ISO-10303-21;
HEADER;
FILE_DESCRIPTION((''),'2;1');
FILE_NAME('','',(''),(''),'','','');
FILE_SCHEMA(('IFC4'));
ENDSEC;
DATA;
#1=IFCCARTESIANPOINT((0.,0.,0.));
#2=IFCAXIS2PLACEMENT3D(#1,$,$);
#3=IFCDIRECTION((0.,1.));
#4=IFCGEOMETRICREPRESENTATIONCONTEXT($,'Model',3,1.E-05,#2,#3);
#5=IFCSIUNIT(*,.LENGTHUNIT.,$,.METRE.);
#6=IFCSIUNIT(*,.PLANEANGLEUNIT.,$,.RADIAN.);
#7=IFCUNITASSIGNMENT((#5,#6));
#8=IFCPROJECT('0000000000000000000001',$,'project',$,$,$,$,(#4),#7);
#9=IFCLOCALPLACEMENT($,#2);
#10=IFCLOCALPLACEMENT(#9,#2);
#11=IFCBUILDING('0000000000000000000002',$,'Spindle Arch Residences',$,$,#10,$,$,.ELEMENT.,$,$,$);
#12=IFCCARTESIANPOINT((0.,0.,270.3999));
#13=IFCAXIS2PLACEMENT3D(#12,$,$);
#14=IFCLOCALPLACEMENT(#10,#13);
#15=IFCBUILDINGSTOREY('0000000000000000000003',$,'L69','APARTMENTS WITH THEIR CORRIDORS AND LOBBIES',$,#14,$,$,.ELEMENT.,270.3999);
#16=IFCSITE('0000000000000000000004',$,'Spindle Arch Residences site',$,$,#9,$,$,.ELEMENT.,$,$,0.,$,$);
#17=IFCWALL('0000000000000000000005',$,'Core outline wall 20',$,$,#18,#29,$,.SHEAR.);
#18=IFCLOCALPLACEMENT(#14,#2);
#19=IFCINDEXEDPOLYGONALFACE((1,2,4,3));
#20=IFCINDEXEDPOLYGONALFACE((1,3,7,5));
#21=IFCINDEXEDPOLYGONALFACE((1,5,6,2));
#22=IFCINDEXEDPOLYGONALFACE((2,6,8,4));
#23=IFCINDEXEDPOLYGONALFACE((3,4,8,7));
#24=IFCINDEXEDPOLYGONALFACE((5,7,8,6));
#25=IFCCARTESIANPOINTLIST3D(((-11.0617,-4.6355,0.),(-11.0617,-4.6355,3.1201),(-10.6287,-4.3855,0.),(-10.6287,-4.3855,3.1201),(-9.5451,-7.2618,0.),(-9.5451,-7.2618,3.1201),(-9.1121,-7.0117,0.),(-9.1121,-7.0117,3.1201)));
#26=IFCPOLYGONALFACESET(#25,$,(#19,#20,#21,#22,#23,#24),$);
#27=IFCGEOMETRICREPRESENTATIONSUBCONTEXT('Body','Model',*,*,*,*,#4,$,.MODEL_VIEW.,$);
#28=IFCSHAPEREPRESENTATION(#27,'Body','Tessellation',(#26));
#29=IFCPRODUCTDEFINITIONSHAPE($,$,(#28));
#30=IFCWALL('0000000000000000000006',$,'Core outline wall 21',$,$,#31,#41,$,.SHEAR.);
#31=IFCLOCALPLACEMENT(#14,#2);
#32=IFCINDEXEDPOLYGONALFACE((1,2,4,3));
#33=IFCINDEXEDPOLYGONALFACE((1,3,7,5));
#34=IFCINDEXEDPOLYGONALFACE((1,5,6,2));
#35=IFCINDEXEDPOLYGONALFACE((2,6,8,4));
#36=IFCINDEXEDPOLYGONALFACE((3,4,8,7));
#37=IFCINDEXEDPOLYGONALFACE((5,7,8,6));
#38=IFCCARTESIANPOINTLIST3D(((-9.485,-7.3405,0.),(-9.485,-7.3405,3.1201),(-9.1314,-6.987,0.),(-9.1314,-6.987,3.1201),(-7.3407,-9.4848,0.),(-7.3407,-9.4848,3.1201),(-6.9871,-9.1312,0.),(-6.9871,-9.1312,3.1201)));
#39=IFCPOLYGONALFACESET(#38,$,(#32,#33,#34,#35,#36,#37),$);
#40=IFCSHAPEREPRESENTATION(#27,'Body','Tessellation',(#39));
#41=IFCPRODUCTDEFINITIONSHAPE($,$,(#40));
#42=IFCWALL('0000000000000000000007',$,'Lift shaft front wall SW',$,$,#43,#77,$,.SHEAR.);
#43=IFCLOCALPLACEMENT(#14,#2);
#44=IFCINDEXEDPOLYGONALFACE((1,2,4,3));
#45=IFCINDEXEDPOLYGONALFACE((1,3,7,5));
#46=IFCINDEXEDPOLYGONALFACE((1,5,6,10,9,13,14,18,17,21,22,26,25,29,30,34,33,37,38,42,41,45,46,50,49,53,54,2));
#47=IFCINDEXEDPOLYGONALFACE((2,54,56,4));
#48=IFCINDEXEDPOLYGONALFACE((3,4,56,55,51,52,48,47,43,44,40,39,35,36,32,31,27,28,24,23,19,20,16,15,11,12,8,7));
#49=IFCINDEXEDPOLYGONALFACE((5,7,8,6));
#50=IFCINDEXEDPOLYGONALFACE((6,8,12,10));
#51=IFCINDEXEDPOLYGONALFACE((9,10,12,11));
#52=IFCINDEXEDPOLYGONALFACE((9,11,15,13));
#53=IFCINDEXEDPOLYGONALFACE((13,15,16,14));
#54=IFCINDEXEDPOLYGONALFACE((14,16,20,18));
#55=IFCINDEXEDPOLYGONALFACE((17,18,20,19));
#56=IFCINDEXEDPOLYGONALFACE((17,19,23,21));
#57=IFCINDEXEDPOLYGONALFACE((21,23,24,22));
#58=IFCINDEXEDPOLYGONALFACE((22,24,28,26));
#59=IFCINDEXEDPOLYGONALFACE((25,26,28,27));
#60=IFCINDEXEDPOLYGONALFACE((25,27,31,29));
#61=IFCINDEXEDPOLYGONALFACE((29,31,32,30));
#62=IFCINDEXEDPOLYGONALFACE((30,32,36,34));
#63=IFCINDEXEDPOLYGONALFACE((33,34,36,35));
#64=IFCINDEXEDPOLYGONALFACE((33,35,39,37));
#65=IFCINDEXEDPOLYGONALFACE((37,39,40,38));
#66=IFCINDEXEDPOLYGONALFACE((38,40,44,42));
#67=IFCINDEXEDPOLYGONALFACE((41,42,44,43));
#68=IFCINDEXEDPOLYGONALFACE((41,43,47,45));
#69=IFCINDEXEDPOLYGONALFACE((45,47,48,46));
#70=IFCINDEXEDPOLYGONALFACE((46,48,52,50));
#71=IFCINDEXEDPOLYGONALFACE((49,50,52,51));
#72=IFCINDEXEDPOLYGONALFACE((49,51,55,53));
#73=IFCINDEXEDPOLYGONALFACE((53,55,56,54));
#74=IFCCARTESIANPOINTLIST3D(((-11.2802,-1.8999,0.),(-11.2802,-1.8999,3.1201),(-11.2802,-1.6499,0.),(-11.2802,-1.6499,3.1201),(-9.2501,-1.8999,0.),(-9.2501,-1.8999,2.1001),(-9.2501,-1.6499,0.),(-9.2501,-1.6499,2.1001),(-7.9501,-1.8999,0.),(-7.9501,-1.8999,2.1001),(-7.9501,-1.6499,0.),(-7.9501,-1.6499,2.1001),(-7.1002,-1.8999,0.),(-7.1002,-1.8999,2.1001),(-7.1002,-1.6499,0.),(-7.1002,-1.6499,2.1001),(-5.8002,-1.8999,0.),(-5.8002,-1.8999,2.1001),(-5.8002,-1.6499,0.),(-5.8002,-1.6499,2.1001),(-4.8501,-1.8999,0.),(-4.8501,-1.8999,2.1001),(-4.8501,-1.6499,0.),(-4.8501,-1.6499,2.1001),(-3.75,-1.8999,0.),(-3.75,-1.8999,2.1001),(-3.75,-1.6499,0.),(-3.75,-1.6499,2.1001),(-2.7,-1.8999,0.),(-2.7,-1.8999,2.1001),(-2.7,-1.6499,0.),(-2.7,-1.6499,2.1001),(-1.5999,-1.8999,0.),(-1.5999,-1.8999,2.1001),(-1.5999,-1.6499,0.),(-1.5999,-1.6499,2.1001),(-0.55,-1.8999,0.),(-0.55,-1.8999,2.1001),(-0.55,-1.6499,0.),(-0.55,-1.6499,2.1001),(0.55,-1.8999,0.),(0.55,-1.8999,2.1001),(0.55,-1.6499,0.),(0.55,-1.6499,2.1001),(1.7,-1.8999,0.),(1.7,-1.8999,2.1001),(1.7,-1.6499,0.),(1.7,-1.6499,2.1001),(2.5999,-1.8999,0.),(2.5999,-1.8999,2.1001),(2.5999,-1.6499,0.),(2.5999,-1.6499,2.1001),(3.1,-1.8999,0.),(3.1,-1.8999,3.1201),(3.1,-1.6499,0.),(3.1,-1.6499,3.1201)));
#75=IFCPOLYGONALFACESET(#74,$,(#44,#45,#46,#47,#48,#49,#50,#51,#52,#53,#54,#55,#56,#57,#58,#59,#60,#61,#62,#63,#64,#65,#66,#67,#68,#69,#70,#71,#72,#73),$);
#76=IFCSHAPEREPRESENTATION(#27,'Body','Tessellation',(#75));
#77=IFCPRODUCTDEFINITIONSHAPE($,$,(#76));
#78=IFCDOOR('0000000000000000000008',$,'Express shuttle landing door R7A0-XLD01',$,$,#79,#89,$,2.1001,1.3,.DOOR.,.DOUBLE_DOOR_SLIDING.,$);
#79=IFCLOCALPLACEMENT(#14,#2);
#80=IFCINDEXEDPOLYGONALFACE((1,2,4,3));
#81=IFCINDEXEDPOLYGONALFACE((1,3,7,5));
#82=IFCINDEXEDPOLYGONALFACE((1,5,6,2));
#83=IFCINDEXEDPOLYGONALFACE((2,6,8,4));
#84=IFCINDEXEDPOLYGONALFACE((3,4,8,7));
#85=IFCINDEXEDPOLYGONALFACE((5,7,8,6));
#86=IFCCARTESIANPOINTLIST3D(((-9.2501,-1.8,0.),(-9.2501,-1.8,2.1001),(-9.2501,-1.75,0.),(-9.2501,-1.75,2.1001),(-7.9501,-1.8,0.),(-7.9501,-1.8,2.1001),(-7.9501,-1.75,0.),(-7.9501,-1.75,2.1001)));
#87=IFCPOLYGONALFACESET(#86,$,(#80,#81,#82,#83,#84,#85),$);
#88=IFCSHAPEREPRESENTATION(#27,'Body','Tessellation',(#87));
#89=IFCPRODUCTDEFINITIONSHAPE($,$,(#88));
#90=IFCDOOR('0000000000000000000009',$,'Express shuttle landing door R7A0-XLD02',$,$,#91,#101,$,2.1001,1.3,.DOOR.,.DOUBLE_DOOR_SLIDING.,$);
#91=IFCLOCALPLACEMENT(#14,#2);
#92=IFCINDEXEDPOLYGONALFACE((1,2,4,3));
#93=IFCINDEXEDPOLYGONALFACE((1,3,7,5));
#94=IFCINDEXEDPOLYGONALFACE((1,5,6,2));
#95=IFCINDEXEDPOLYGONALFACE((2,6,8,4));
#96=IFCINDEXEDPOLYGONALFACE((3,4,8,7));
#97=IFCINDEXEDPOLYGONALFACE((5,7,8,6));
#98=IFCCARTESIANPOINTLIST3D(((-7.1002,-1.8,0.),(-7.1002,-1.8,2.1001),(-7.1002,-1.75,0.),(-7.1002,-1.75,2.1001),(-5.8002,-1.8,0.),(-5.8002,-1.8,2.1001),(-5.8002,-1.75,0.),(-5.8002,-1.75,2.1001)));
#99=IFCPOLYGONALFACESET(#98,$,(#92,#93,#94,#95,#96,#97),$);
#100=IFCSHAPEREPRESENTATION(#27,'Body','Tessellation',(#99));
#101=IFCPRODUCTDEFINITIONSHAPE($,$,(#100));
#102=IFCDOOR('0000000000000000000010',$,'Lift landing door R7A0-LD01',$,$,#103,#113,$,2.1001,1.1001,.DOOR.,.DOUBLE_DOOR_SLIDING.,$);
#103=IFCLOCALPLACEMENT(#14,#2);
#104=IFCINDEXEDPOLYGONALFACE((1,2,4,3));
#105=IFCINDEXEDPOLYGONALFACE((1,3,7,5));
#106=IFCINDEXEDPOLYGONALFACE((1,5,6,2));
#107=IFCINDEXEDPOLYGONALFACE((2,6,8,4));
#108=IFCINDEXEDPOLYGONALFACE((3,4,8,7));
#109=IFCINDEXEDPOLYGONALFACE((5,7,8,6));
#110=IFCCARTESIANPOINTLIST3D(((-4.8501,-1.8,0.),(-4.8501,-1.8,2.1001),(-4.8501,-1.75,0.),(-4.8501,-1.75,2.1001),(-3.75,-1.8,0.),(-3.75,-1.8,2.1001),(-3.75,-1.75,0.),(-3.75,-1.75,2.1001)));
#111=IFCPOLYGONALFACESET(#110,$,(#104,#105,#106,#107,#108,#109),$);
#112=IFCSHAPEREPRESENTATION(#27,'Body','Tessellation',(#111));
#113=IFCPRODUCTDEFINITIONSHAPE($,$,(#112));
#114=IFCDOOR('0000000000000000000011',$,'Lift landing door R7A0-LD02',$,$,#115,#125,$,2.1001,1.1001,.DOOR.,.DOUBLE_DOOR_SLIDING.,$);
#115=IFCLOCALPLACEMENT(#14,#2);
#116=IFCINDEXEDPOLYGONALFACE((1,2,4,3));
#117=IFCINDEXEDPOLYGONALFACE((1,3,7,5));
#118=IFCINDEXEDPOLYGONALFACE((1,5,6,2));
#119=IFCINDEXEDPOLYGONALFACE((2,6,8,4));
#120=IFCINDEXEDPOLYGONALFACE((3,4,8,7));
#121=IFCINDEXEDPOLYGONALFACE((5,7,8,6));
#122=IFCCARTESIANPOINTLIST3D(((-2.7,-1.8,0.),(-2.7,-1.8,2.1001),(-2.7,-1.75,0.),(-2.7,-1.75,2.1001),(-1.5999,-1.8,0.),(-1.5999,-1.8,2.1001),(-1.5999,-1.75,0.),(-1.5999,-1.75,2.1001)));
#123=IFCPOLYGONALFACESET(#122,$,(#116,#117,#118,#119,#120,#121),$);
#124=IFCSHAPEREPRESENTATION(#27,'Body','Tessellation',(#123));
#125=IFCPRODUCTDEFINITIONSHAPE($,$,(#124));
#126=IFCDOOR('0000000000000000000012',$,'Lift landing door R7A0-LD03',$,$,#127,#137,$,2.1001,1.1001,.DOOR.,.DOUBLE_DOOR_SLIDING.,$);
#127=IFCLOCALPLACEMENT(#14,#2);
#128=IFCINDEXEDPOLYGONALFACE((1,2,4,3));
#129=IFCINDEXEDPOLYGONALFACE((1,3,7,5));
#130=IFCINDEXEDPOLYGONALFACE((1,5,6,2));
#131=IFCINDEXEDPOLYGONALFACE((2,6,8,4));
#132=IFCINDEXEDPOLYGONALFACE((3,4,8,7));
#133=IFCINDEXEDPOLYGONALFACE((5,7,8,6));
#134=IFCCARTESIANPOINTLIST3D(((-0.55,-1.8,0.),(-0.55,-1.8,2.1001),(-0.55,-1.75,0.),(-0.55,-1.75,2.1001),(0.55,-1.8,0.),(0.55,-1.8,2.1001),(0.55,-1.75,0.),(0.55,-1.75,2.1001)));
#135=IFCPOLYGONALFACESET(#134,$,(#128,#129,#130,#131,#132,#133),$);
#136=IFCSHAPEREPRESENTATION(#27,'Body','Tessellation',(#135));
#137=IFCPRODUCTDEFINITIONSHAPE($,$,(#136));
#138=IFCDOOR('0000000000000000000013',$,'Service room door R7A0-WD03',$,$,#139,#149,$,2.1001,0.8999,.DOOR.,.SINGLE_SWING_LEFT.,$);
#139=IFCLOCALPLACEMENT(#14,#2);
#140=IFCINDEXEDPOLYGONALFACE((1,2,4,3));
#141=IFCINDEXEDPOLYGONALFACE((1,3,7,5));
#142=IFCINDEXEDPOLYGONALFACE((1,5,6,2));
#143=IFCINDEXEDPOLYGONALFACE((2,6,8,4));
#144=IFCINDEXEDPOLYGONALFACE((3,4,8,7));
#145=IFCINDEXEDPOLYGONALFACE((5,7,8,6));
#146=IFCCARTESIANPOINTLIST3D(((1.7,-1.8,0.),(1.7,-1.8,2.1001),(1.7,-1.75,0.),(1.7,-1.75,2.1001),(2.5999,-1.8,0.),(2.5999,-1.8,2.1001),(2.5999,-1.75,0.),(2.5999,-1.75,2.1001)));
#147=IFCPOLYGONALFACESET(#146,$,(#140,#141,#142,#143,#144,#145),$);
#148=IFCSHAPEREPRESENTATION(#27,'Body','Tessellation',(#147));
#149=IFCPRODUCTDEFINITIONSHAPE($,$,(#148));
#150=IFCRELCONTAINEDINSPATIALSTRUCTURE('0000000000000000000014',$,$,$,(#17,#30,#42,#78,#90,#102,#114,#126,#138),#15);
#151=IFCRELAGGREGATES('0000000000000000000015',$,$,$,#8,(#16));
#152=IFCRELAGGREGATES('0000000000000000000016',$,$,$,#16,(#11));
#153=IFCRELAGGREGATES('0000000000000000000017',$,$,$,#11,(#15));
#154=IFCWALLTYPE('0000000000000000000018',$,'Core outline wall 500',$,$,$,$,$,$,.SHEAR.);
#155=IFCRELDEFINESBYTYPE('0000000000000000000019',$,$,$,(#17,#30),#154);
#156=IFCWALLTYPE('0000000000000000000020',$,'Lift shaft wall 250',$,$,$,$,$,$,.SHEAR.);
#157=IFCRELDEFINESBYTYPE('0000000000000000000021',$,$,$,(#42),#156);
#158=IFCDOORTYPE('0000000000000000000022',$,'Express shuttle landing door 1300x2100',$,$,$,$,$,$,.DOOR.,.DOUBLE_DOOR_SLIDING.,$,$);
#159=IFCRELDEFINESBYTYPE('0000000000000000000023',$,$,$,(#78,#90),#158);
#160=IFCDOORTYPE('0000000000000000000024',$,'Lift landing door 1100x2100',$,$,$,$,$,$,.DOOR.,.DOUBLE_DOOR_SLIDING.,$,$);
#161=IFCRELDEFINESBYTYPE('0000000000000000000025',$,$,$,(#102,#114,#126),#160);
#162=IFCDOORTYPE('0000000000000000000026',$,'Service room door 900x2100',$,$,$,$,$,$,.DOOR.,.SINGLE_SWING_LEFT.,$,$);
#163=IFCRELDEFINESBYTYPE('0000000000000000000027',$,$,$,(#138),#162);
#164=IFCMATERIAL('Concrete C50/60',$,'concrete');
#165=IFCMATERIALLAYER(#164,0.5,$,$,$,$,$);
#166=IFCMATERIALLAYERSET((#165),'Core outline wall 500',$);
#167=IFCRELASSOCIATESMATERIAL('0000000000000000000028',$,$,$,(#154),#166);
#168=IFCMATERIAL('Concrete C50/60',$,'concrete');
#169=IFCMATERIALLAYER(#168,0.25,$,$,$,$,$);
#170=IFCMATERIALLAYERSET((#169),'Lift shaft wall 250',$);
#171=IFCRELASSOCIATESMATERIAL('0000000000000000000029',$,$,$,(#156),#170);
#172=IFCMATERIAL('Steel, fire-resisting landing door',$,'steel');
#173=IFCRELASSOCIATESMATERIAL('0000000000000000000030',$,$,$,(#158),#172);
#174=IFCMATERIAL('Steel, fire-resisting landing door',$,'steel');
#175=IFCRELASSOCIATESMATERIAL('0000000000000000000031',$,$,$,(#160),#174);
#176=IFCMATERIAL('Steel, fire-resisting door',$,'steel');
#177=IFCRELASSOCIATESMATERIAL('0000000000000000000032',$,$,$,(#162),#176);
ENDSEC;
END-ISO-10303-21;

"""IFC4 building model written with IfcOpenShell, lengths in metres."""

from ifc_helpers import new_model, si_unit, direction, frame, frame_2d, origin, place, context, subcontext, project, spatial, rectangle, extrude, material, layer, layer_set, type_object, element, fill, save


model = new_model("IFC4")

# Units and contexts
model_context = context("Model", 3, precision=1e-05, world=origin(), true_north=direction((0.0, 1.0)))
body_context = subcontext(model_context, "Body", "Model", "MODEL_VIEW")
ifc_project = project(units=[si_unit("LENGTHUNIT", "METRE"), si_unit("PLANEANGLEUNIT", "RADIAN")], contexts=[model_context])

# Site, building, storey
site_placement = place(None, origin())
site = spatial("IfcSite", under=ifc_project, at=site_placement, Name="Spindle Arch Residences site", CompositionType="ELEMENT", RefElevation=0.0)
building_placement = place(site_placement, origin())
building = spatial("IfcBuilding", under=site, at=building_placement, Name="Spindle Arch Residences", CompositionType="ELEMENT")
storey_placement = place(building_placement, frame((0.0, 0.0, 270.3999)))
storey = spatial("IfcBuildingStorey", under=building, at=storey_placement, Name="L69", Description="APARTMENTS WITH THEIR CORRIDORS AND LOBBIES", CompositionType="ELEMENT", Elevation=270.3999)

# Walls
ifc_material_1 = material(Name="Concrete C50/60", Category="concrete")
ifc_layer_1 = layer(ifc_material_1, 0.5)
ifc_layer_set_1 = layer_set([ifc_layer_1], Name="Core outline wall 500")
wall_type_1 = type_object("IfcWallType", Name="Core outline wall 500", PredefinedType="SHEAR", material=ifc_layer_set_1)
wall_1_placement = place(storey_placement, frame((-10.8452, -4.5105, 0.0), z_axis=(0.0, 0.0, 1.0), x_axis=(0.500087, -0.865975, 0.0)))
element("IfcWall", 1, at=wall_1_placement, inside=storey, type_object=wall_type_1, Name="Core outline wall 20", PredefinedType="SHEAR", context=body_context, shape_type="SweptSolid", body=[
    extrude(rectangle(XDim=3.0327, YDim=0.5, at=frame_2d((1.5164, 0.0))), origin(), (0.0, 0.0, 1.0), 3.1201),
])
wall_2_placement = place(storey_placement, frame((-9.3081, -7.1638, 0.0), z_axis=(0.0, 0.0, 1.0), x_axis=(0.707107, -0.707107, 0.0)))
element("IfcWall", 2, at=wall_2_placement, inside=storey, type_object=wall_type_1, Name="Core outline wall 21", PredefinedType="SHEAR", context=body_context, shape_type="SweptSolid", body=[
    extrude(rectangle(XDim=3.0325, YDim=0.5, at=frame_2d((1.5161, 0.0))), origin(), (0.0, 0.0, 1.0), 3.1201),
])

# Wall, openings, doors
ifc_material_2 = material(Name="Concrete C50/60", Category="concrete")
ifc_layer_2 = layer(ifc_material_2, 0.25)
ifc_layer_set_2 = layer_set([ifc_layer_2], Name="Lift shaft wall 250")
wall_type_2 = type_object("IfcWallType", Name="Lift shaft wall 250", PredefinedType="SHEAR", material=ifc_layer_set_2)
wall_3_placement = place(storey_placement, frame((-11.28, -1.7749, 0.0), z_axis=(0.0, 0.0, 1.0), x_axis=(1.0, 0.0, 0.0)))
wall_3 = element("IfcWall", 3, at=wall_3_placement, inside=storey, type_object=wall_type_2, Name="Lift shaft front wall SW", PredefinedType="SHEAR", context=body_context, shape_type="SweptSolid", body=[
    extrude(rectangle(XDim=14.3801, YDim=0.25, at=frame_2d((7.1899, 0.0))), origin(), (0.0, 0.0, 1.0), 3.1201),
])
opening_1_placement = place(wall_3_placement, frame((2.03, 0.0, 0.0)))
opening_1 = element("IfcOpeningElement", 4, at=opening_1_placement, cuts=wall_3, PredefinedType="OPENING", context=body_context, shape_type="SweptSolid", body=[
    extrude(rectangle(XDim=1.3, YDim=2.1001, at=frame_2d((0.6499, 1.05))), frame((0.0, 0.135, 0.0), z_axis=(0.0, -1.0, 0.0), x_axis=(1.0, 0.0, 0.0)), (0.0, 0.0, 1.0), 0.27),
])
opening_2_placement = place(wall_3_placement, frame((4.1799, 0.0, 0.0)))
opening_2 = element("IfcOpeningElement", 5, at=opening_2_placement, cuts=wall_3, PredefinedType="OPENING", context=body_context, shape_type="SweptSolid", body=[
    extrude(rectangle(XDim=1.3, YDim=2.1001, at=frame_2d((0.6499, 1.05))), frame((0.0, 0.135, 0.0), z_axis=(0.0, -1.0, 0.0), x_axis=(1.0, 0.0, 0.0)), (0.0, 0.0, 1.0), 0.27),
])
opening_3_placement = place(wall_3_placement, frame((6.4299, 0.0, 0.0)))
opening_3 = element("IfcOpeningElement", 6, at=opening_3_placement, cuts=wall_3, PredefinedType="OPENING", context=body_context, shape_type="SweptSolid", body=[
    extrude(rectangle(XDim=1.1001, YDim=2.1001, at=frame_2d((0.55, 1.05))), frame((0.0, 0.135, 0.0), z_axis=(0.0, -1.0, 0.0), x_axis=(1.0, 0.0, 0.0)), (0.0, 0.0, 1.0), 0.27),
])
opening_4_placement = place(wall_3_placement, frame((8.5801, 0.0, 0.0)))
opening_4 = element("IfcOpeningElement", 7, at=opening_4_placement, cuts=wall_3, PredefinedType="OPENING", context=body_context, shape_type="SweptSolid", body=[
    extrude(rectangle(XDim=1.1001, YDim=2.1001, at=frame_2d((0.55, 1.05))), frame((0.0, 0.135, 0.0), z_axis=(0.0, -1.0, 0.0), x_axis=(1.0, 0.0, 0.0)), (0.0, 0.0, 1.0), 0.27),
])
opening_5_placement = place(wall_3_placement, frame((10.73, 0.0, 0.0)))
opening_5 = element("IfcOpeningElement", 8, at=opening_5_placement, cuts=wall_3, PredefinedType="OPENING", context=body_context, shape_type="SweptSolid", body=[
    extrude(rectangle(XDim=1.1001, YDim=2.1001, at=frame_2d((0.55, 1.05))), frame((0.0, 0.135, 0.0), z_axis=(0.0, -1.0, 0.0), x_axis=(1.0, 0.0, 0.0)), (0.0, 0.0, 1.0), 0.27),
])
opening_6_placement = place(wall_3_placement, frame((12.98, 0.0, 0.0)))
opening_6 = element("IfcOpeningElement", 9, at=opening_6_placement, cuts=wall_3, PredefinedType="OPENING", context=body_context, shape_type="SweptSolid", body=[
    extrude(rectangle(XDim=0.8999, YDim=2.1001, at=frame_2d((0.45, 1.05))), frame((0.0, 0.135, 0.0), z_axis=(0.0, -1.0, 0.0), x_axis=(1.0, 0.0, 0.0)), (0.0, 0.0, 1.0), 0.27),
])
ifc_material_3 = material(Name="Steel, fire-resisting landing door", Category="steel")
door_type_1 = type_object("IfcDoorType", Name="Express shuttle landing door 1300x2100", OperationType="DOUBLE_DOOR_SLIDING", PredefinedType="DOOR", material=ifc_material_3)
door_1_placement = place(opening_1_placement, origin())
door_1 = element("IfcDoor", 10, at=door_1_placement, inside=storey, type_object=door_type_1, Name="Express shuttle landing door R7A0-XLD01", OperationType="DOUBLE_DOOR_SLIDING", OverallHeight=2.1001, OverallWidth=1.3, PredefinedType="DOOR", context=body_context, shape_type="SweptSolid", body=[
    extrude(rectangle(XDim=1.3, YDim=2.1001, at=frame_2d((0.6499, 1.05))), frame((0.0, 0.0249, 0.0), z_axis=(0.0, -1.0, 0.0), x_axis=(1.0, 0.0, 0.0)), (0.0, 0.0, 1.0), 0.05),
])
fill(opening_1, door_1)
door_2_placement = place(opening_2_placement, origin())
door_2 = element("IfcDoor", 11, at=door_2_placement, inside=storey, type_object=door_type_1, Name="Express shuttle landing door R7A0-XLD02", OperationType="DOUBLE_DOOR_SLIDING", OverallHeight=2.1001, OverallWidth=1.3, PredefinedType="DOOR", context=body_context, shape_type="SweptSolid", body=[
    extrude(rectangle(XDim=1.3, YDim=2.1001, at=frame_2d((0.6499, 1.05))), frame((0.0, 0.0249, 0.0), z_axis=(0.0, -1.0, 0.0), x_axis=(1.0, 0.0, 0.0)), (0.0, 0.0, 1.0), 0.05),
])
fill(opening_2, door_2)
ifc_material_4 = material(Name="Steel, fire-resisting landing door", Category="steel")
door_type_2 = type_object("IfcDoorType", Name="Lift landing door 1100x2100", OperationType="DOUBLE_DOOR_SLIDING", PredefinedType="DOOR", material=ifc_material_4)
door_3_placement = place(opening_3_placement, origin())
door_3 = element("IfcDoor", 12, at=door_3_placement, inside=storey, type_object=door_type_2, Name="Lift landing door R7A0-LD01", OperationType="DOUBLE_DOOR_SLIDING", OverallHeight=2.1001, OverallWidth=1.1001, PredefinedType="DOOR", context=body_context, shape_type="SweptSolid", body=[
    extrude(rectangle(XDim=1.1001, YDim=2.1001, at=frame_2d((0.55, 1.05))), frame((0.0, 0.0249, 0.0), z_axis=(0.0, -1.0, 0.0), x_axis=(1.0, 0.0, 0.0)), (0.0, 0.0, 1.0), 0.05),
])
fill(opening_3, door_3)
door_4_placement = place(opening_4_placement, origin())
door_4 = element("IfcDoor", 13, at=door_4_placement, inside=storey, type_object=door_type_2, Name="Lift landing door R7A0-LD02", OperationType="DOUBLE_DOOR_SLIDING", OverallHeight=2.1001, OverallWidth=1.1001, PredefinedType="DOOR", context=body_context, shape_type="SweptSolid", body=[
    extrude(rectangle(XDim=1.1001, YDim=2.1001, at=frame_2d((0.55, 1.05))), frame((0.0, 0.0249, 0.0), z_axis=(0.0, -1.0, 0.0), x_axis=(1.0, 0.0, 0.0)), (0.0, 0.0, 1.0), 0.05),
])
fill(opening_4, door_4)
door_5_placement = place(opening_5_placement, origin())
door_5 = element("IfcDoor", 14, at=door_5_placement, inside=storey, type_object=door_type_2, Name="Lift landing door R7A0-LD03", OperationType="DOUBLE_DOOR_SLIDING", OverallHeight=2.1001, OverallWidth=1.1001, PredefinedType="DOOR", context=body_context, shape_type="SweptSolid", body=[
    extrude(rectangle(XDim=1.1001, YDim=2.1001, at=frame_2d((0.55, 1.05))), frame((0.0, 0.0249, 0.0), z_axis=(0.0, -1.0, 0.0), x_axis=(1.0, 0.0, 0.0)), (0.0, 0.0, 1.0), 0.05),
])
fill(opening_5, door_5)
ifc_material_5 = material(Name="Steel, fire-resisting door", Category="steel")
door_type_3 = type_object("IfcDoorType", Name="Service room door 900x2100", OperationType="SINGLE_SWING_LEFT", PredefinedType="DOOR", material=ifc_material_5)
door_6_placement = place(opening_6_placement, origin())
door_6 = element("IfcDoor", 15, at=door_6_placement, inside=storey, type_object=door_type_3, Name="Service room door R7A0-WD03", OperationType="SINGLE_SWING_LEFT", OverallHeight=2.1001, OverallWidth=0.8999, PredefinedType="DOOR", context=body_context, shape_type="SweptSolid", body=[
    extrude(rectangle(XDim=0.8999, YDim=2.1001, at=frame_2d((0.45, 1.05))), frame((0.0, 0.0249, 0.0), z_axis=(0.0, -1.0, 0.0), x_axis=(1.0, 0.0, 0.0)), (0.0, 0.0, 1.0), 0.05),
])
fill(opening_6, door_6)

save(model, "model.ifc")
